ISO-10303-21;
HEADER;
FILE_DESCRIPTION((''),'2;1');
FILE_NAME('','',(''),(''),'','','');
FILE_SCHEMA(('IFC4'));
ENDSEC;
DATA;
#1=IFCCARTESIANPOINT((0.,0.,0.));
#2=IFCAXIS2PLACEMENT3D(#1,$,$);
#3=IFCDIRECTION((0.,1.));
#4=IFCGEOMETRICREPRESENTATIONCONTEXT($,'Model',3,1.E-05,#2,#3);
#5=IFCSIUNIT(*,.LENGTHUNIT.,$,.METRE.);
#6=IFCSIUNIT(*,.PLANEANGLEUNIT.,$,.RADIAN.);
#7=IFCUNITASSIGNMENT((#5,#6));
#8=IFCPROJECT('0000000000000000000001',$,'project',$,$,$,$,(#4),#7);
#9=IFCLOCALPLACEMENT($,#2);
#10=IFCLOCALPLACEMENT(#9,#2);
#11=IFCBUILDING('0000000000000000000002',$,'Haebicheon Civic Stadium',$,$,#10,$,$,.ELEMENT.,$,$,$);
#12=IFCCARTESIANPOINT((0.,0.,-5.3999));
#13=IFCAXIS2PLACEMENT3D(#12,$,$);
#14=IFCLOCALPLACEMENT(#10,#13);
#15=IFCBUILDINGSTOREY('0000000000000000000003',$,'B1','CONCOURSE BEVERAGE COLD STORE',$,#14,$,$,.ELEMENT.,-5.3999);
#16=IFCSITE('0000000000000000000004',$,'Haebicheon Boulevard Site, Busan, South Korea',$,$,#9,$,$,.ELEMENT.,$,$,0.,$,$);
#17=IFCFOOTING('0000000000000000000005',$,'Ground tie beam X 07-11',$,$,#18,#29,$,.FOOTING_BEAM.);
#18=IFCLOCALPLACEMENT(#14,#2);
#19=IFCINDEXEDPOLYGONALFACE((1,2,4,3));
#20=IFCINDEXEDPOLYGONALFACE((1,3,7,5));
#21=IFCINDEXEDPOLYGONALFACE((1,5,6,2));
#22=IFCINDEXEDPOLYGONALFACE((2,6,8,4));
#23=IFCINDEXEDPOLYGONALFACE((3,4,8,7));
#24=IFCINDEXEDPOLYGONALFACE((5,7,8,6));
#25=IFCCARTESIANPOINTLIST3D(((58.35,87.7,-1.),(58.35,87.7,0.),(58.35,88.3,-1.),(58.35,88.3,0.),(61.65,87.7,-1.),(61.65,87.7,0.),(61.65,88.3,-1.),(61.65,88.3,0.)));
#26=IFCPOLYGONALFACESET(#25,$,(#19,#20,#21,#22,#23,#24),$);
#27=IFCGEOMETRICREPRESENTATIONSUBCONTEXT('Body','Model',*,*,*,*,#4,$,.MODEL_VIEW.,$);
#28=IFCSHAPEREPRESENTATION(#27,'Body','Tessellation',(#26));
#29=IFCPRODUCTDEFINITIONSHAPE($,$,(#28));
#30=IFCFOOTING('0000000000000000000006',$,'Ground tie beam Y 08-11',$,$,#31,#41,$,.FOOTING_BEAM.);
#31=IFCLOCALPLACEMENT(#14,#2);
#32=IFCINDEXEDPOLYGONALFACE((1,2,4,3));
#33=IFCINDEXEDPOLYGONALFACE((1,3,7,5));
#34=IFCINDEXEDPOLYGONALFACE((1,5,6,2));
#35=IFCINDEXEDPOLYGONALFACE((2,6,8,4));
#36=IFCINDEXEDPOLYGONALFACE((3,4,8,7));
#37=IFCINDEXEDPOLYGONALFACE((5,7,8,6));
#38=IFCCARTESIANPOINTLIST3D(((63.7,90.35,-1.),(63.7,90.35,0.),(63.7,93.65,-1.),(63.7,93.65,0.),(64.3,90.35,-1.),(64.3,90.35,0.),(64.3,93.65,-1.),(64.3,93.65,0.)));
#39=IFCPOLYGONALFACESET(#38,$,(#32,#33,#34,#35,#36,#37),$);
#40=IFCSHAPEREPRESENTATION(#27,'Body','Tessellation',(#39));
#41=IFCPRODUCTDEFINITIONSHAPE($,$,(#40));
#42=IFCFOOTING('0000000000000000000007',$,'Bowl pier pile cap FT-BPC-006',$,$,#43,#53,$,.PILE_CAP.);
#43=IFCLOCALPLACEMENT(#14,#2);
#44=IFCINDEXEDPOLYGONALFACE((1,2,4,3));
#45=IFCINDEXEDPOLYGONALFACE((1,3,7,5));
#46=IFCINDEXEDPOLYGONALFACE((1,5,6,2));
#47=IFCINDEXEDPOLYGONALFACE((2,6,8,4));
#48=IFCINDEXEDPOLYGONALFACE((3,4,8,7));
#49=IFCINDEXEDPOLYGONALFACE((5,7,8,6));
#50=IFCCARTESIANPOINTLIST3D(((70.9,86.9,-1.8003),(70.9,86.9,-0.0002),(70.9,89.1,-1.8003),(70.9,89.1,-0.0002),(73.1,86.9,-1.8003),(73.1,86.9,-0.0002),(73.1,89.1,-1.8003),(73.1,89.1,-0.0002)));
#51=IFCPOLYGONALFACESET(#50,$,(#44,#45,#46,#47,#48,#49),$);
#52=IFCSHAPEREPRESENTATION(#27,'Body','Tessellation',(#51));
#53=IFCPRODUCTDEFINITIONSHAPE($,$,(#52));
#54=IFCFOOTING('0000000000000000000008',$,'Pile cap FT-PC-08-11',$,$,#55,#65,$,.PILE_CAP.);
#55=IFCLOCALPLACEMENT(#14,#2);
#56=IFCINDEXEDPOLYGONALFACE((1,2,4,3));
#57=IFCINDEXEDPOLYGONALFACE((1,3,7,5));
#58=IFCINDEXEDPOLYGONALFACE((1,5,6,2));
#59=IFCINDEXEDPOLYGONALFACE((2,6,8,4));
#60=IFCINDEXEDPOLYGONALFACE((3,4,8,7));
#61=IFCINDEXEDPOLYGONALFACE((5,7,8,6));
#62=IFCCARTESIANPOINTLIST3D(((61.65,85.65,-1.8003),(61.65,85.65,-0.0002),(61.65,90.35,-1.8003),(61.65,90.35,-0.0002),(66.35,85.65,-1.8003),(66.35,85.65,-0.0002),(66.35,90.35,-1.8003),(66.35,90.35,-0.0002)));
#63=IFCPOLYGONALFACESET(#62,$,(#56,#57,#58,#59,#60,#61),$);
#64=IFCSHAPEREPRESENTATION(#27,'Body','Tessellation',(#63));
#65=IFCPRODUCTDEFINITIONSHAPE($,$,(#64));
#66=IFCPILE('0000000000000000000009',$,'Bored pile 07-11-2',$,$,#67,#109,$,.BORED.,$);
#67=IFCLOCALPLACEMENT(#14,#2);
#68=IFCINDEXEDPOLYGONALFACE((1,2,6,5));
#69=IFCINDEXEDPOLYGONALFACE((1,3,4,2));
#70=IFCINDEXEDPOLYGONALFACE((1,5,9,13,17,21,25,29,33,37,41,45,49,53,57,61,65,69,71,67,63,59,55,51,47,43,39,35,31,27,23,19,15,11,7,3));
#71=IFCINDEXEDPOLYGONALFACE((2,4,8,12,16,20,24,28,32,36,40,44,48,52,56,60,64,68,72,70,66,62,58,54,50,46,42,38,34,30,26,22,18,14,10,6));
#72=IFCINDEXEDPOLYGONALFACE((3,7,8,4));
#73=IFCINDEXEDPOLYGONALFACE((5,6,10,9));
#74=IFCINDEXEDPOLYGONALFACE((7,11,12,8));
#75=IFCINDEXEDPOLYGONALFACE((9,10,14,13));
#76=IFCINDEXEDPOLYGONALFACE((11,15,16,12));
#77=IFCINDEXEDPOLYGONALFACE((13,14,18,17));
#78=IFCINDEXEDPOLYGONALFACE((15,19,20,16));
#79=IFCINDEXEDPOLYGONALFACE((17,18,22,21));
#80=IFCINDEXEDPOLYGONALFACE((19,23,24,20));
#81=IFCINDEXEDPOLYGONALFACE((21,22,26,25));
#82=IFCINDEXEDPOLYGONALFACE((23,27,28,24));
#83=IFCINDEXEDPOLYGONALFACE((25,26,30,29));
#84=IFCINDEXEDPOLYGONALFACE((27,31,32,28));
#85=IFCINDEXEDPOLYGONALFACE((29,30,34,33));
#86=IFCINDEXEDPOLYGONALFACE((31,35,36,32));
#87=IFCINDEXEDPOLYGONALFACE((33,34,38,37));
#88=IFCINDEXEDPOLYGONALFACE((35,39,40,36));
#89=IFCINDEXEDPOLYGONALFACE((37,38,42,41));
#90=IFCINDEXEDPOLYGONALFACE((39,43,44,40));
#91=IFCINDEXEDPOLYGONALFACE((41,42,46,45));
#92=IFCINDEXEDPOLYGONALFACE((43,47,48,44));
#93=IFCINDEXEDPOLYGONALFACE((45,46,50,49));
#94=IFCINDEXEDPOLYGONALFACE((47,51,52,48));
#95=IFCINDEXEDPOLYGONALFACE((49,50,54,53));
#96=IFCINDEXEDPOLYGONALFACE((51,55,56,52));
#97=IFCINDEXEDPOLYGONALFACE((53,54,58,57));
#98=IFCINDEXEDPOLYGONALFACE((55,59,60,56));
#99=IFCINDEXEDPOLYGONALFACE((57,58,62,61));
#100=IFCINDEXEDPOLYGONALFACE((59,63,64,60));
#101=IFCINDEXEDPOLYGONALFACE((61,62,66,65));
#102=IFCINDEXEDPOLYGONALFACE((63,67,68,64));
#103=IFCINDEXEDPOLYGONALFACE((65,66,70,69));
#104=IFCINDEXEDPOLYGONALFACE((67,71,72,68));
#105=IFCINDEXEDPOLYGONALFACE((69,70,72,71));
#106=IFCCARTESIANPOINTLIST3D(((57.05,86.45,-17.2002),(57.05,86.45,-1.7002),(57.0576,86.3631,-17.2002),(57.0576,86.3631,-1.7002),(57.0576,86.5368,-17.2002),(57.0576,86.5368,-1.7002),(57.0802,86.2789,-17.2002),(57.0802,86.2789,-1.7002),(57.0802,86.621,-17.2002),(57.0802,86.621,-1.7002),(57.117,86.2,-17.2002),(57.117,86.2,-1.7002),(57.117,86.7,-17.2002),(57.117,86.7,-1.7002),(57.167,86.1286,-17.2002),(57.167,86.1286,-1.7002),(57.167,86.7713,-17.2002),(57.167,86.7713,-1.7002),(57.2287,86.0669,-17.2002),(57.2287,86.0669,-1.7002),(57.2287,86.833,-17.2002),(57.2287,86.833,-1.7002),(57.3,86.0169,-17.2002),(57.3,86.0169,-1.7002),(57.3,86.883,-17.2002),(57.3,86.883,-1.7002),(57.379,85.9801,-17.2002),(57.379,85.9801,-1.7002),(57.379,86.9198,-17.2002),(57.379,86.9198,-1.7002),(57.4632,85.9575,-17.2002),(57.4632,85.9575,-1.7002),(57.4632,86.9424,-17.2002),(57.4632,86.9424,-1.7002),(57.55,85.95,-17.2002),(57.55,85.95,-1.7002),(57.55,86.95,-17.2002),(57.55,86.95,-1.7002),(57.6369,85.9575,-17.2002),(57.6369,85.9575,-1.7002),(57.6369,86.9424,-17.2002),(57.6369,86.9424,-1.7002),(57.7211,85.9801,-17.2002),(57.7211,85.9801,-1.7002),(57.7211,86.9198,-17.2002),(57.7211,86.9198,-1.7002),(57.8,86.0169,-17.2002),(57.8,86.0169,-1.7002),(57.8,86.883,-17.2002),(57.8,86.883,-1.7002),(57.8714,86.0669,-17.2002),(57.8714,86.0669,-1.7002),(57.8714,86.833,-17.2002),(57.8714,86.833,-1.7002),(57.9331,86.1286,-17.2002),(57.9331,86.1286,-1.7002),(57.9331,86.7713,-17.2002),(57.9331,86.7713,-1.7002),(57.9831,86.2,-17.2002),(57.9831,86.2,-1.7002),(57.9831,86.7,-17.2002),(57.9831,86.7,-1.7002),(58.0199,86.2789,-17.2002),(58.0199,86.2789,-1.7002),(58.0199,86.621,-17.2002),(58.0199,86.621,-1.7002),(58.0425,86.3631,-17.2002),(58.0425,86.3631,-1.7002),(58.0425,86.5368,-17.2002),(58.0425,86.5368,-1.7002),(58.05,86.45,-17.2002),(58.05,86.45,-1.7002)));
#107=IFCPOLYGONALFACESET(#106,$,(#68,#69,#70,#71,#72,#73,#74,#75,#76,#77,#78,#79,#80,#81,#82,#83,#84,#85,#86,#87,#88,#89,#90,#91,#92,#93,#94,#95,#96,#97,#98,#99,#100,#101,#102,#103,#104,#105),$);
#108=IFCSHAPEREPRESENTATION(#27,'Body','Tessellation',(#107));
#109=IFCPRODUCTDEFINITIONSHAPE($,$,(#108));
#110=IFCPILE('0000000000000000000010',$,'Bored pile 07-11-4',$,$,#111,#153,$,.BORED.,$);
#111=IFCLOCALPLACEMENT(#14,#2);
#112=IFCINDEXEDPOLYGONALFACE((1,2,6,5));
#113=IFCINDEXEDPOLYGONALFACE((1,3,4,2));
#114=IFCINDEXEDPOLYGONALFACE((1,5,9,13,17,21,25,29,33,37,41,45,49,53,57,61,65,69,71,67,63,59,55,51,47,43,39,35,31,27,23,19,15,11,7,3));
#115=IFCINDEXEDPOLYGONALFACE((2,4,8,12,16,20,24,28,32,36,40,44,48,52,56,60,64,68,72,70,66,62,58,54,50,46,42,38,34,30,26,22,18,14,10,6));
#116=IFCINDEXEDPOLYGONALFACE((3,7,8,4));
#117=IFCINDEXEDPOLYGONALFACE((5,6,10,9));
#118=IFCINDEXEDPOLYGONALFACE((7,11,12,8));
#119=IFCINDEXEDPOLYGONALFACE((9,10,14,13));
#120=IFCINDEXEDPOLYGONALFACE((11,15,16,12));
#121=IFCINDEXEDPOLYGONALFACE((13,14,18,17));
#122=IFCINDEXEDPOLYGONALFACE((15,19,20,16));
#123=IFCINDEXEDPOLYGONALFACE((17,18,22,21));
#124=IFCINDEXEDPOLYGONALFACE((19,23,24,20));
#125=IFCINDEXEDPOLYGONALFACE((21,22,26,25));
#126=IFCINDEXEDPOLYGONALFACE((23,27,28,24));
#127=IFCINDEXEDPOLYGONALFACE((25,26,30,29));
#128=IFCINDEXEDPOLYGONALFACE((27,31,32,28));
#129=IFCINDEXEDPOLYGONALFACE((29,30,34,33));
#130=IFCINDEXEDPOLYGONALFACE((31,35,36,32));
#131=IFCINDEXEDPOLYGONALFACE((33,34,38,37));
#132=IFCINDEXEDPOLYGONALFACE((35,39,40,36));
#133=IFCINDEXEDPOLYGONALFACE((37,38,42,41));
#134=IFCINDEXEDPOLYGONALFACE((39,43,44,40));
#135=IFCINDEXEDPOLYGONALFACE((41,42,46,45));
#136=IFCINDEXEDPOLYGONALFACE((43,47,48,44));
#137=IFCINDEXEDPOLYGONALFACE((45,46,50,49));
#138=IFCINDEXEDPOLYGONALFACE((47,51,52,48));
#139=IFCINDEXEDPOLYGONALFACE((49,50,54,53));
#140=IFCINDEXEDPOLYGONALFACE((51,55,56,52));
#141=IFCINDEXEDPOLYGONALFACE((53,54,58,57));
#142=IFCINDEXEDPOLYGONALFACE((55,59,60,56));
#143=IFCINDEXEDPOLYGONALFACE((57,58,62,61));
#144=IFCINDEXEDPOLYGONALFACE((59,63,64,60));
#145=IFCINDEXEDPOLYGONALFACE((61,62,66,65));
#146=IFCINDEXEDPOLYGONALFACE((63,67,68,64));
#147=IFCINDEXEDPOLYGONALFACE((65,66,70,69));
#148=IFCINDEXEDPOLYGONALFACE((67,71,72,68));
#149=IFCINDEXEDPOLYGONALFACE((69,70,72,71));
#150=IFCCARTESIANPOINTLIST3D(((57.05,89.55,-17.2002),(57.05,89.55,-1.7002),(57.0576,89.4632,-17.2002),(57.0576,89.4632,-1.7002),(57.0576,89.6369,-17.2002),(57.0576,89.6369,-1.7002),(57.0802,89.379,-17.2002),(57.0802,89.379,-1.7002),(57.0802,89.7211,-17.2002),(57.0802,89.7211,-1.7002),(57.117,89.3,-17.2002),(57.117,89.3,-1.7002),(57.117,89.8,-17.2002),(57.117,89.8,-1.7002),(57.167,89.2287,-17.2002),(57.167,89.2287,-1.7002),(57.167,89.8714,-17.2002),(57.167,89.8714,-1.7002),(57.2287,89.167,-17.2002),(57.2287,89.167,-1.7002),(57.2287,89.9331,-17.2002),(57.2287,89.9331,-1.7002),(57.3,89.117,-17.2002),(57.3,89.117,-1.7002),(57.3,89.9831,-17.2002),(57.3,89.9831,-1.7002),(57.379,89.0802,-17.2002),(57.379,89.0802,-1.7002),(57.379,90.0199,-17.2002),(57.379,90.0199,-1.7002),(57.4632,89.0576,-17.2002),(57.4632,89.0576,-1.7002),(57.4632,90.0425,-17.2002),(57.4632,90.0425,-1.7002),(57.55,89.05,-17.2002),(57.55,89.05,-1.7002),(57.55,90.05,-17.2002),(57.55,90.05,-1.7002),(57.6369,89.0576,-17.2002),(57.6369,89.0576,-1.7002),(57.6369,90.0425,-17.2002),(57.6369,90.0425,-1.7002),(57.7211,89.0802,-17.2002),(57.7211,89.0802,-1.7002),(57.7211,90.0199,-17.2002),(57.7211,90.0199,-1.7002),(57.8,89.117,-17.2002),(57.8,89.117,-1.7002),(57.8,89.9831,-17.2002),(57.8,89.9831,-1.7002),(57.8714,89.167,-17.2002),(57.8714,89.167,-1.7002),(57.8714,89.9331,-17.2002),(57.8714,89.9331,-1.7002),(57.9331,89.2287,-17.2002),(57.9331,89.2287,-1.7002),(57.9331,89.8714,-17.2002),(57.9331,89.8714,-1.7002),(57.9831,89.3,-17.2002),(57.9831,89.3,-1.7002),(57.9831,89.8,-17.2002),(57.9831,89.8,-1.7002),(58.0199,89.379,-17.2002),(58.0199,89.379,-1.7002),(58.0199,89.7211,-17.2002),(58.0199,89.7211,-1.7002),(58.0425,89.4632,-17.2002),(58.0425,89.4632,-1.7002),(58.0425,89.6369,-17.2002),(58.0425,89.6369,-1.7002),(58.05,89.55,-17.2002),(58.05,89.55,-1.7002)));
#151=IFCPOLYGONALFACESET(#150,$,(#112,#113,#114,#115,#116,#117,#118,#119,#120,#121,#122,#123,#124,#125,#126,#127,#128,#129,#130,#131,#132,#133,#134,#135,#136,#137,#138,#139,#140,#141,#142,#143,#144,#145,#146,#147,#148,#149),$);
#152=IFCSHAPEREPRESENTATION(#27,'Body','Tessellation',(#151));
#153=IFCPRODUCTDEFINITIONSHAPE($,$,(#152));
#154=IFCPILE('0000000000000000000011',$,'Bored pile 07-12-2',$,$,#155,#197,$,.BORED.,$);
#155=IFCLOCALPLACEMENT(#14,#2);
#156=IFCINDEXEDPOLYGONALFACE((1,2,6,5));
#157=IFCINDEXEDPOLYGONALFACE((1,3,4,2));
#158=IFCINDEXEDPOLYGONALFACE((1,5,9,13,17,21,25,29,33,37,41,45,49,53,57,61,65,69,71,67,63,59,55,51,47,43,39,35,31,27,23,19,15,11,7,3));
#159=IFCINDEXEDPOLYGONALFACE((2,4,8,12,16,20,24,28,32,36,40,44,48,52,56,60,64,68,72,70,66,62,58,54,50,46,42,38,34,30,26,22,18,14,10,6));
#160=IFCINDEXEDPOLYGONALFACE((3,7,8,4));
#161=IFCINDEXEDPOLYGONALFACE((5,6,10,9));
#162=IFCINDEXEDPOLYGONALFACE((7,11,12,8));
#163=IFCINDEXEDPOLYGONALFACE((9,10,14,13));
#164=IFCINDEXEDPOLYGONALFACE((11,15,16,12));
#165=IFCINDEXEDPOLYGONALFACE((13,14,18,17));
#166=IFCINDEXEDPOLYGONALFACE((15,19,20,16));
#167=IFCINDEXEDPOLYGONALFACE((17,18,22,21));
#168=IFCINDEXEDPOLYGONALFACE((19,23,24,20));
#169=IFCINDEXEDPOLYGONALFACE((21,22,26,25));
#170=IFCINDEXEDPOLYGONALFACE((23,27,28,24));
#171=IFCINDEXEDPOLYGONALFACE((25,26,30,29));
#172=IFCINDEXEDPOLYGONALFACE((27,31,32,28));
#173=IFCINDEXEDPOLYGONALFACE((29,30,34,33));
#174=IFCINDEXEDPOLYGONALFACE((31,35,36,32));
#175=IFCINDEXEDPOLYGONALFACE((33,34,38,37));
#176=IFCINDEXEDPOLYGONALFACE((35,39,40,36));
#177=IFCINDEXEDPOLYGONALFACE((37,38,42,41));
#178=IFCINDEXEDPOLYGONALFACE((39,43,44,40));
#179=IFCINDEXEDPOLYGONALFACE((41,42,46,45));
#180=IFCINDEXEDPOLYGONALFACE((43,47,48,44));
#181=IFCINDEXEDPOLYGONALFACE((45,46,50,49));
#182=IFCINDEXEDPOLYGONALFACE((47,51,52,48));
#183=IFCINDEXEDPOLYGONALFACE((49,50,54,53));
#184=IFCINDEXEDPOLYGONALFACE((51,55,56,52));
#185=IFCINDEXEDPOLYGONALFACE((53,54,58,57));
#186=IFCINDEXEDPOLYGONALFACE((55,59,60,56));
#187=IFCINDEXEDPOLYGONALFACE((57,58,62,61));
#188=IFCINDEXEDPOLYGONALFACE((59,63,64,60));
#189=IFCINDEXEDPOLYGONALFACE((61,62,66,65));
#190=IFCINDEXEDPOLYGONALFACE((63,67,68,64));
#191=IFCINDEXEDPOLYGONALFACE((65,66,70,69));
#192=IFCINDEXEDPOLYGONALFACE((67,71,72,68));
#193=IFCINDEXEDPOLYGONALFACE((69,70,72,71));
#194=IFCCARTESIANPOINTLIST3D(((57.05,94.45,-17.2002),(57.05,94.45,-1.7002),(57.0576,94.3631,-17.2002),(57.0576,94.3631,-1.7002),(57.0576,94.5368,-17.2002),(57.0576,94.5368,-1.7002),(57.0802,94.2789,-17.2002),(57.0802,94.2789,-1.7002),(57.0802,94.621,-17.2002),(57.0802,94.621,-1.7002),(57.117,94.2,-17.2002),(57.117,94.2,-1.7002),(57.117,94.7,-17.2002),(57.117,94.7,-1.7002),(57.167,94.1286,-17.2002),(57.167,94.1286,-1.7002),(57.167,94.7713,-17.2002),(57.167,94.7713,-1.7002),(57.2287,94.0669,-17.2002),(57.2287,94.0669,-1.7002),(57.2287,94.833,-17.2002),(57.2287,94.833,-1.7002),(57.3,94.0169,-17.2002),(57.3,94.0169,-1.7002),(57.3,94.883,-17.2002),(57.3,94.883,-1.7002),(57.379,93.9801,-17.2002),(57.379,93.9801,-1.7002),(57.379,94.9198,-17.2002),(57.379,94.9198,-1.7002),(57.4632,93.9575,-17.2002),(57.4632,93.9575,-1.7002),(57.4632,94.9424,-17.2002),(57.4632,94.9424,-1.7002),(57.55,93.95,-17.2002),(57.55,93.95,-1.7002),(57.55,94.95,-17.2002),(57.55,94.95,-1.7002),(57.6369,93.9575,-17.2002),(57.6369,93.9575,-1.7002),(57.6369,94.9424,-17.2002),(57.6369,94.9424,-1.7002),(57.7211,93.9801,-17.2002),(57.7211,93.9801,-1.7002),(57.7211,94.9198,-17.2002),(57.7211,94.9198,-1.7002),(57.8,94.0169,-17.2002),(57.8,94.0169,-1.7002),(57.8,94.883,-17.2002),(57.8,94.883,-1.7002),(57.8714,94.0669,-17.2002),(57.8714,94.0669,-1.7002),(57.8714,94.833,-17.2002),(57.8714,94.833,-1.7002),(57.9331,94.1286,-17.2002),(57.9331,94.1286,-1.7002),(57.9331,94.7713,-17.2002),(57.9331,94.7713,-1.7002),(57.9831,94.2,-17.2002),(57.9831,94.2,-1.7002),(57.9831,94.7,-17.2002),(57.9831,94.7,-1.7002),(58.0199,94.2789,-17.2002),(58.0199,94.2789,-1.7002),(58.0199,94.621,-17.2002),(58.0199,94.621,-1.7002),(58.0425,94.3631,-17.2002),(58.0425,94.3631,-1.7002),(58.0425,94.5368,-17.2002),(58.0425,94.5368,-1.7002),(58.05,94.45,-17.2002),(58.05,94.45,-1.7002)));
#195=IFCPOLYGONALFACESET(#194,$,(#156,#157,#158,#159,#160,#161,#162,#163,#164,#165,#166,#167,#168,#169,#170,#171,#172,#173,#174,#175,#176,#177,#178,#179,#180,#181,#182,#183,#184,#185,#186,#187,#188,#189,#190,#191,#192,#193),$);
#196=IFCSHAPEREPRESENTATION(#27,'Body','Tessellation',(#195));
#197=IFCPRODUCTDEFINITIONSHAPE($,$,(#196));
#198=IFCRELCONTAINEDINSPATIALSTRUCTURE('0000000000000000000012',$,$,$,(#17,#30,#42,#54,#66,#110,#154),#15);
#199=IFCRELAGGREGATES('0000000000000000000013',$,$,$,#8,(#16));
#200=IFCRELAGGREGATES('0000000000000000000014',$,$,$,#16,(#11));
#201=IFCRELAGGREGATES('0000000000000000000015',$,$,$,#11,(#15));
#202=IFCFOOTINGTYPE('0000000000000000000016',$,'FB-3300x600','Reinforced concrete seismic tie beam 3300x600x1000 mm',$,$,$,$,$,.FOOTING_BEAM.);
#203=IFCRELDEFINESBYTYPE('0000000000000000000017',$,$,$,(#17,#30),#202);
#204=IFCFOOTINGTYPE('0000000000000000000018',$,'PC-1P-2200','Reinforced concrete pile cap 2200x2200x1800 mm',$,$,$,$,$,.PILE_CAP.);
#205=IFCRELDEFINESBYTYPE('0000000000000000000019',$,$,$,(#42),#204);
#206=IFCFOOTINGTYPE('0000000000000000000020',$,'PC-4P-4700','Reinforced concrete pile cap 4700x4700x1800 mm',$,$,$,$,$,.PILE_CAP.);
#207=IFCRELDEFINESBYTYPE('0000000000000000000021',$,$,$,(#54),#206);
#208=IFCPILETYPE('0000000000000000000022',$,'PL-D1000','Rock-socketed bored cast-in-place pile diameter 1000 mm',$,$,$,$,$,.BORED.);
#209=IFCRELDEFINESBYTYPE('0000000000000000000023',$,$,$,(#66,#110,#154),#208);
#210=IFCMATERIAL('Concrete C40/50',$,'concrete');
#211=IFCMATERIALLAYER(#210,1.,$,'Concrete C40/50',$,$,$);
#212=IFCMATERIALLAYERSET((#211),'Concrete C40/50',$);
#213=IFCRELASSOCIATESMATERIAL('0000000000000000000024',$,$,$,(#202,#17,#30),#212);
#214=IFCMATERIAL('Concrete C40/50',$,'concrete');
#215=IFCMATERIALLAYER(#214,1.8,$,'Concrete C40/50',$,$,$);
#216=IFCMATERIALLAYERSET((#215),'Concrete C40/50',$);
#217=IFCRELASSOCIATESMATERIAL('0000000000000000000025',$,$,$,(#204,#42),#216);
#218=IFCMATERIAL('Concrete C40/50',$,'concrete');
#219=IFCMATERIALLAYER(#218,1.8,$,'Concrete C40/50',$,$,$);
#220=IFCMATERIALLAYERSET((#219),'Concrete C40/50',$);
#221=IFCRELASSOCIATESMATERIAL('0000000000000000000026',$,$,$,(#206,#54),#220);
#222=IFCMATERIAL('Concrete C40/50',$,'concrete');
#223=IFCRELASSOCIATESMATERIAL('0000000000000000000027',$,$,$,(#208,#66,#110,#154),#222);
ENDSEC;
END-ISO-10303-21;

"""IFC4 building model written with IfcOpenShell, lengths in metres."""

from ifc_helpers import new_model, si_unit, direction, frame, origin, origin_2d, place, context, subcontext, project, spatial, rectangle, circle, extrude, material, layer, layer_set, material_profile, profile_set, type_object, element, save


model = new_model("IFC4")

# Units and contexts
model_context = context("Model", 3, precision=1e-05, world=origin(), true_north=direction((0.0, 1.0)))
body_context = subcontext(model_context, "Body", "Model", "MODEL_VIEW")
ifc_project = project(units=[si_unit("LENGTHUNIT", "METRE"), si_unit("PLANEANGLEUNIT", "RADIAN")], contexts=[model_context])

# Site, building, storey
site_placement = place(None, origin())
site = spatial("IfcSite", under=ifc_project, at=site_placement, Name="Haebicheon Boulevard Site, Busan, South Korea", CompositionType="ELEMENT", RefElevation=0.0)
building_placement = place(site_placement, origin())
building = spatial("IfcBuilding", under=site, at=building_placement, Name="Haebicheon Civic Stadium", CompositionType="ELEMENT")
storey_placement = place(building_placement, frame((0.0, 0.0, -5.3999)))
storey = spatial("IfcBuildingStorey", under=building, at=storey_placement, Name="B1", Description="CONCOURSE BEVERAGE COLD STORE", CompositionType="ELEMENT", Elevation=-5.3999)

# Footings
ifc_material_1 = material(Name="Concrete C40/50", Category="concrete")
ifc_layer_1 = layer(ifc_material_1, 1.0, Name="Concrete C40/50")
ifc_layer_set_1 = layer_set([ifc_layer_1], Name="Concrete C40/50")
footing_type_1 = type_object("IfcFootingType", Name="FB-3300x600", Description="Reinforced concrete seismic tie beam 3300x600x1000 mm", PredefinedType="FOOTING_BEAM", material=ifc_layer_set_1)
for number, where, z_axis, x_axis, name in (
    (1, (60.0, 88.0, -1.0), (0.0, 0.0, 1.0), (1.0, 0.0, 0.0), "Ground tie beam X 07-11"),
    (2, (64.0, 92.0, -1.0), (0.0, 0.0, 1.0), (0.0, 1.0, 0.0), "Ground tie beam Y 08-11"),
):
    element("IfcFooting", number, at=place(storey_placement, frame(where, z_axis=z_axis, x_axis=x_axis)), inside=storey, type_object=footing_type_1, material=ifc_layer_set_1, Name=name, PredefinedType="FOOTING_BEAM", context=body_context, shape_type="SweptSolid", body=[
        extrude(rectangle(XDim=3.3, YDim=0.6001, at=origin_2d()), origin(), (0.0, 0.0, 1.0), 1.0),
    ])
ifc_material_2 = material(Name="Concrete C40/50", Category="concrete")
ifc_layer_2 = layer(ifc_material_2, 1.8, Name="Concrete C40/50")
ifc_layer_set_2 = layer_set([ifc_layer_2], Name="Concrete C40/50")
footing_type_2 = type_object("IfcFootingType", Name="PC-1P-2200", Description="Reinforced concrete pile cap 2200x2200x1800 mm", PredefinedType="PILE_CAP", material=ifc_layer_set_2)
footing_1_placement = place(storey_placement, frame((72.0, 88.0, -1.8003), z_axis=(0.0, 0.0, 1.0), x_axis=(1.0, 0.0, 0.0)))
element("IfcFooting", 3, at=footing_1_placement, inside=storey, type_object=footing_type_2, material=ifc_layer_set_2, Name="Bowl pier pile cap FT-BPC-006", PredefinedType="PILE_CAP", context=body_context, shape_type="SweptSolid", body=[
    extrude(rectangle(XDim=2.2, YDim=2.2, at=origin_2d()), origin(), (0.0, 0.0, 1.0), 1.8),
])
ifc_material_3 = material(Name="Concrete C40/50", Category="concrete")
ifc_layer_3 = layer(ifc_material_3, 1.8, Name="Concrete C40/50")
ifc_layer_set_3 = layer_set([ifc_layer_3], Name="Concrete C40/50")
footing_type_3 = type_object("IfcFootingType", Name="PC-4P-4700", Description="Reinforced concrete pile cap 4700x4700x1800 mm", PredefinedType="PILE_CAP", material=ifc_layer_set_3)
footing_2_placement = place(storey_placement, frame((64.0, 88.0, -1.8003), z_axis=(0.0, 0.0, 1.0), x_axis=(1.0, 0.0, 0.0)))
element("IfcFooting", 4, at=footing_2_placement, inside=storey, type_object=footing_type_3, material=ifc_layer_set_3, Name="Pile cap FT-PC-08-11", PredefinedType="PILE_CAP", context=body_context, shape_type="SweptSolid", body=[
    extrude(rectangle(XDim=4.7, YDim=4.7, at=origin_2d()), origin(), (0.0, 0.0, 1.0), 1.8),
])

# Piles
ifc_material_4 = material(Name="Concrete C40/50", Category="concrete")
ifc_material_profile_1 = material_profile(ifc_material_4, circle(Radius=0.5, at=origin_2d()), Name="PILE-D1000")
ifc_profile_set_1 = profile_set([ifc_material_profile_1], Name="Concrete C40/50")
pile_type = type_object("IfcPileType", Name="PL-D1000", Description="Rock-socketed bored cast-in-place pile diameter 1000 mm", PredefinedType="BORED", material=ifc_profile_set_1)
for number, where, z_axis, x_axis, name in (
    (5, (57.55, 86.45, -1.7002), (0.0, 0.0, -1.0), (1.0, 0.0, 0.0), "Bored pile 07-11-2"),
    (6, (57.55, 89.55, -1.7002), (0.0, 0.0, -1.0), (1.0, 0.0, 0.0), "Bored pile 07-11-4"),
    (7, (57.55, 94.45, -1.7002), (0.0, 0.0, -1.0), (1.0, 0.0, 0.0), "Bored pile 07-12-2"),
):
    element("IfcPile", number, at=place(storey_placement, frame(where, z_axis=z_axis, x_axis=x_axis)), inside=storey, type_object=pile_type, material=ifc_profile_set_1, Name=name, PredefinedType="BORED", context=body_context, shape_type="SweptSolid", body=[
        extrude(circle(Radius=0.5, at=origin_2d()), origin(), (0.0, 0.0, 1.0), 15.5),
    ])

save(model, "model.ifc")
